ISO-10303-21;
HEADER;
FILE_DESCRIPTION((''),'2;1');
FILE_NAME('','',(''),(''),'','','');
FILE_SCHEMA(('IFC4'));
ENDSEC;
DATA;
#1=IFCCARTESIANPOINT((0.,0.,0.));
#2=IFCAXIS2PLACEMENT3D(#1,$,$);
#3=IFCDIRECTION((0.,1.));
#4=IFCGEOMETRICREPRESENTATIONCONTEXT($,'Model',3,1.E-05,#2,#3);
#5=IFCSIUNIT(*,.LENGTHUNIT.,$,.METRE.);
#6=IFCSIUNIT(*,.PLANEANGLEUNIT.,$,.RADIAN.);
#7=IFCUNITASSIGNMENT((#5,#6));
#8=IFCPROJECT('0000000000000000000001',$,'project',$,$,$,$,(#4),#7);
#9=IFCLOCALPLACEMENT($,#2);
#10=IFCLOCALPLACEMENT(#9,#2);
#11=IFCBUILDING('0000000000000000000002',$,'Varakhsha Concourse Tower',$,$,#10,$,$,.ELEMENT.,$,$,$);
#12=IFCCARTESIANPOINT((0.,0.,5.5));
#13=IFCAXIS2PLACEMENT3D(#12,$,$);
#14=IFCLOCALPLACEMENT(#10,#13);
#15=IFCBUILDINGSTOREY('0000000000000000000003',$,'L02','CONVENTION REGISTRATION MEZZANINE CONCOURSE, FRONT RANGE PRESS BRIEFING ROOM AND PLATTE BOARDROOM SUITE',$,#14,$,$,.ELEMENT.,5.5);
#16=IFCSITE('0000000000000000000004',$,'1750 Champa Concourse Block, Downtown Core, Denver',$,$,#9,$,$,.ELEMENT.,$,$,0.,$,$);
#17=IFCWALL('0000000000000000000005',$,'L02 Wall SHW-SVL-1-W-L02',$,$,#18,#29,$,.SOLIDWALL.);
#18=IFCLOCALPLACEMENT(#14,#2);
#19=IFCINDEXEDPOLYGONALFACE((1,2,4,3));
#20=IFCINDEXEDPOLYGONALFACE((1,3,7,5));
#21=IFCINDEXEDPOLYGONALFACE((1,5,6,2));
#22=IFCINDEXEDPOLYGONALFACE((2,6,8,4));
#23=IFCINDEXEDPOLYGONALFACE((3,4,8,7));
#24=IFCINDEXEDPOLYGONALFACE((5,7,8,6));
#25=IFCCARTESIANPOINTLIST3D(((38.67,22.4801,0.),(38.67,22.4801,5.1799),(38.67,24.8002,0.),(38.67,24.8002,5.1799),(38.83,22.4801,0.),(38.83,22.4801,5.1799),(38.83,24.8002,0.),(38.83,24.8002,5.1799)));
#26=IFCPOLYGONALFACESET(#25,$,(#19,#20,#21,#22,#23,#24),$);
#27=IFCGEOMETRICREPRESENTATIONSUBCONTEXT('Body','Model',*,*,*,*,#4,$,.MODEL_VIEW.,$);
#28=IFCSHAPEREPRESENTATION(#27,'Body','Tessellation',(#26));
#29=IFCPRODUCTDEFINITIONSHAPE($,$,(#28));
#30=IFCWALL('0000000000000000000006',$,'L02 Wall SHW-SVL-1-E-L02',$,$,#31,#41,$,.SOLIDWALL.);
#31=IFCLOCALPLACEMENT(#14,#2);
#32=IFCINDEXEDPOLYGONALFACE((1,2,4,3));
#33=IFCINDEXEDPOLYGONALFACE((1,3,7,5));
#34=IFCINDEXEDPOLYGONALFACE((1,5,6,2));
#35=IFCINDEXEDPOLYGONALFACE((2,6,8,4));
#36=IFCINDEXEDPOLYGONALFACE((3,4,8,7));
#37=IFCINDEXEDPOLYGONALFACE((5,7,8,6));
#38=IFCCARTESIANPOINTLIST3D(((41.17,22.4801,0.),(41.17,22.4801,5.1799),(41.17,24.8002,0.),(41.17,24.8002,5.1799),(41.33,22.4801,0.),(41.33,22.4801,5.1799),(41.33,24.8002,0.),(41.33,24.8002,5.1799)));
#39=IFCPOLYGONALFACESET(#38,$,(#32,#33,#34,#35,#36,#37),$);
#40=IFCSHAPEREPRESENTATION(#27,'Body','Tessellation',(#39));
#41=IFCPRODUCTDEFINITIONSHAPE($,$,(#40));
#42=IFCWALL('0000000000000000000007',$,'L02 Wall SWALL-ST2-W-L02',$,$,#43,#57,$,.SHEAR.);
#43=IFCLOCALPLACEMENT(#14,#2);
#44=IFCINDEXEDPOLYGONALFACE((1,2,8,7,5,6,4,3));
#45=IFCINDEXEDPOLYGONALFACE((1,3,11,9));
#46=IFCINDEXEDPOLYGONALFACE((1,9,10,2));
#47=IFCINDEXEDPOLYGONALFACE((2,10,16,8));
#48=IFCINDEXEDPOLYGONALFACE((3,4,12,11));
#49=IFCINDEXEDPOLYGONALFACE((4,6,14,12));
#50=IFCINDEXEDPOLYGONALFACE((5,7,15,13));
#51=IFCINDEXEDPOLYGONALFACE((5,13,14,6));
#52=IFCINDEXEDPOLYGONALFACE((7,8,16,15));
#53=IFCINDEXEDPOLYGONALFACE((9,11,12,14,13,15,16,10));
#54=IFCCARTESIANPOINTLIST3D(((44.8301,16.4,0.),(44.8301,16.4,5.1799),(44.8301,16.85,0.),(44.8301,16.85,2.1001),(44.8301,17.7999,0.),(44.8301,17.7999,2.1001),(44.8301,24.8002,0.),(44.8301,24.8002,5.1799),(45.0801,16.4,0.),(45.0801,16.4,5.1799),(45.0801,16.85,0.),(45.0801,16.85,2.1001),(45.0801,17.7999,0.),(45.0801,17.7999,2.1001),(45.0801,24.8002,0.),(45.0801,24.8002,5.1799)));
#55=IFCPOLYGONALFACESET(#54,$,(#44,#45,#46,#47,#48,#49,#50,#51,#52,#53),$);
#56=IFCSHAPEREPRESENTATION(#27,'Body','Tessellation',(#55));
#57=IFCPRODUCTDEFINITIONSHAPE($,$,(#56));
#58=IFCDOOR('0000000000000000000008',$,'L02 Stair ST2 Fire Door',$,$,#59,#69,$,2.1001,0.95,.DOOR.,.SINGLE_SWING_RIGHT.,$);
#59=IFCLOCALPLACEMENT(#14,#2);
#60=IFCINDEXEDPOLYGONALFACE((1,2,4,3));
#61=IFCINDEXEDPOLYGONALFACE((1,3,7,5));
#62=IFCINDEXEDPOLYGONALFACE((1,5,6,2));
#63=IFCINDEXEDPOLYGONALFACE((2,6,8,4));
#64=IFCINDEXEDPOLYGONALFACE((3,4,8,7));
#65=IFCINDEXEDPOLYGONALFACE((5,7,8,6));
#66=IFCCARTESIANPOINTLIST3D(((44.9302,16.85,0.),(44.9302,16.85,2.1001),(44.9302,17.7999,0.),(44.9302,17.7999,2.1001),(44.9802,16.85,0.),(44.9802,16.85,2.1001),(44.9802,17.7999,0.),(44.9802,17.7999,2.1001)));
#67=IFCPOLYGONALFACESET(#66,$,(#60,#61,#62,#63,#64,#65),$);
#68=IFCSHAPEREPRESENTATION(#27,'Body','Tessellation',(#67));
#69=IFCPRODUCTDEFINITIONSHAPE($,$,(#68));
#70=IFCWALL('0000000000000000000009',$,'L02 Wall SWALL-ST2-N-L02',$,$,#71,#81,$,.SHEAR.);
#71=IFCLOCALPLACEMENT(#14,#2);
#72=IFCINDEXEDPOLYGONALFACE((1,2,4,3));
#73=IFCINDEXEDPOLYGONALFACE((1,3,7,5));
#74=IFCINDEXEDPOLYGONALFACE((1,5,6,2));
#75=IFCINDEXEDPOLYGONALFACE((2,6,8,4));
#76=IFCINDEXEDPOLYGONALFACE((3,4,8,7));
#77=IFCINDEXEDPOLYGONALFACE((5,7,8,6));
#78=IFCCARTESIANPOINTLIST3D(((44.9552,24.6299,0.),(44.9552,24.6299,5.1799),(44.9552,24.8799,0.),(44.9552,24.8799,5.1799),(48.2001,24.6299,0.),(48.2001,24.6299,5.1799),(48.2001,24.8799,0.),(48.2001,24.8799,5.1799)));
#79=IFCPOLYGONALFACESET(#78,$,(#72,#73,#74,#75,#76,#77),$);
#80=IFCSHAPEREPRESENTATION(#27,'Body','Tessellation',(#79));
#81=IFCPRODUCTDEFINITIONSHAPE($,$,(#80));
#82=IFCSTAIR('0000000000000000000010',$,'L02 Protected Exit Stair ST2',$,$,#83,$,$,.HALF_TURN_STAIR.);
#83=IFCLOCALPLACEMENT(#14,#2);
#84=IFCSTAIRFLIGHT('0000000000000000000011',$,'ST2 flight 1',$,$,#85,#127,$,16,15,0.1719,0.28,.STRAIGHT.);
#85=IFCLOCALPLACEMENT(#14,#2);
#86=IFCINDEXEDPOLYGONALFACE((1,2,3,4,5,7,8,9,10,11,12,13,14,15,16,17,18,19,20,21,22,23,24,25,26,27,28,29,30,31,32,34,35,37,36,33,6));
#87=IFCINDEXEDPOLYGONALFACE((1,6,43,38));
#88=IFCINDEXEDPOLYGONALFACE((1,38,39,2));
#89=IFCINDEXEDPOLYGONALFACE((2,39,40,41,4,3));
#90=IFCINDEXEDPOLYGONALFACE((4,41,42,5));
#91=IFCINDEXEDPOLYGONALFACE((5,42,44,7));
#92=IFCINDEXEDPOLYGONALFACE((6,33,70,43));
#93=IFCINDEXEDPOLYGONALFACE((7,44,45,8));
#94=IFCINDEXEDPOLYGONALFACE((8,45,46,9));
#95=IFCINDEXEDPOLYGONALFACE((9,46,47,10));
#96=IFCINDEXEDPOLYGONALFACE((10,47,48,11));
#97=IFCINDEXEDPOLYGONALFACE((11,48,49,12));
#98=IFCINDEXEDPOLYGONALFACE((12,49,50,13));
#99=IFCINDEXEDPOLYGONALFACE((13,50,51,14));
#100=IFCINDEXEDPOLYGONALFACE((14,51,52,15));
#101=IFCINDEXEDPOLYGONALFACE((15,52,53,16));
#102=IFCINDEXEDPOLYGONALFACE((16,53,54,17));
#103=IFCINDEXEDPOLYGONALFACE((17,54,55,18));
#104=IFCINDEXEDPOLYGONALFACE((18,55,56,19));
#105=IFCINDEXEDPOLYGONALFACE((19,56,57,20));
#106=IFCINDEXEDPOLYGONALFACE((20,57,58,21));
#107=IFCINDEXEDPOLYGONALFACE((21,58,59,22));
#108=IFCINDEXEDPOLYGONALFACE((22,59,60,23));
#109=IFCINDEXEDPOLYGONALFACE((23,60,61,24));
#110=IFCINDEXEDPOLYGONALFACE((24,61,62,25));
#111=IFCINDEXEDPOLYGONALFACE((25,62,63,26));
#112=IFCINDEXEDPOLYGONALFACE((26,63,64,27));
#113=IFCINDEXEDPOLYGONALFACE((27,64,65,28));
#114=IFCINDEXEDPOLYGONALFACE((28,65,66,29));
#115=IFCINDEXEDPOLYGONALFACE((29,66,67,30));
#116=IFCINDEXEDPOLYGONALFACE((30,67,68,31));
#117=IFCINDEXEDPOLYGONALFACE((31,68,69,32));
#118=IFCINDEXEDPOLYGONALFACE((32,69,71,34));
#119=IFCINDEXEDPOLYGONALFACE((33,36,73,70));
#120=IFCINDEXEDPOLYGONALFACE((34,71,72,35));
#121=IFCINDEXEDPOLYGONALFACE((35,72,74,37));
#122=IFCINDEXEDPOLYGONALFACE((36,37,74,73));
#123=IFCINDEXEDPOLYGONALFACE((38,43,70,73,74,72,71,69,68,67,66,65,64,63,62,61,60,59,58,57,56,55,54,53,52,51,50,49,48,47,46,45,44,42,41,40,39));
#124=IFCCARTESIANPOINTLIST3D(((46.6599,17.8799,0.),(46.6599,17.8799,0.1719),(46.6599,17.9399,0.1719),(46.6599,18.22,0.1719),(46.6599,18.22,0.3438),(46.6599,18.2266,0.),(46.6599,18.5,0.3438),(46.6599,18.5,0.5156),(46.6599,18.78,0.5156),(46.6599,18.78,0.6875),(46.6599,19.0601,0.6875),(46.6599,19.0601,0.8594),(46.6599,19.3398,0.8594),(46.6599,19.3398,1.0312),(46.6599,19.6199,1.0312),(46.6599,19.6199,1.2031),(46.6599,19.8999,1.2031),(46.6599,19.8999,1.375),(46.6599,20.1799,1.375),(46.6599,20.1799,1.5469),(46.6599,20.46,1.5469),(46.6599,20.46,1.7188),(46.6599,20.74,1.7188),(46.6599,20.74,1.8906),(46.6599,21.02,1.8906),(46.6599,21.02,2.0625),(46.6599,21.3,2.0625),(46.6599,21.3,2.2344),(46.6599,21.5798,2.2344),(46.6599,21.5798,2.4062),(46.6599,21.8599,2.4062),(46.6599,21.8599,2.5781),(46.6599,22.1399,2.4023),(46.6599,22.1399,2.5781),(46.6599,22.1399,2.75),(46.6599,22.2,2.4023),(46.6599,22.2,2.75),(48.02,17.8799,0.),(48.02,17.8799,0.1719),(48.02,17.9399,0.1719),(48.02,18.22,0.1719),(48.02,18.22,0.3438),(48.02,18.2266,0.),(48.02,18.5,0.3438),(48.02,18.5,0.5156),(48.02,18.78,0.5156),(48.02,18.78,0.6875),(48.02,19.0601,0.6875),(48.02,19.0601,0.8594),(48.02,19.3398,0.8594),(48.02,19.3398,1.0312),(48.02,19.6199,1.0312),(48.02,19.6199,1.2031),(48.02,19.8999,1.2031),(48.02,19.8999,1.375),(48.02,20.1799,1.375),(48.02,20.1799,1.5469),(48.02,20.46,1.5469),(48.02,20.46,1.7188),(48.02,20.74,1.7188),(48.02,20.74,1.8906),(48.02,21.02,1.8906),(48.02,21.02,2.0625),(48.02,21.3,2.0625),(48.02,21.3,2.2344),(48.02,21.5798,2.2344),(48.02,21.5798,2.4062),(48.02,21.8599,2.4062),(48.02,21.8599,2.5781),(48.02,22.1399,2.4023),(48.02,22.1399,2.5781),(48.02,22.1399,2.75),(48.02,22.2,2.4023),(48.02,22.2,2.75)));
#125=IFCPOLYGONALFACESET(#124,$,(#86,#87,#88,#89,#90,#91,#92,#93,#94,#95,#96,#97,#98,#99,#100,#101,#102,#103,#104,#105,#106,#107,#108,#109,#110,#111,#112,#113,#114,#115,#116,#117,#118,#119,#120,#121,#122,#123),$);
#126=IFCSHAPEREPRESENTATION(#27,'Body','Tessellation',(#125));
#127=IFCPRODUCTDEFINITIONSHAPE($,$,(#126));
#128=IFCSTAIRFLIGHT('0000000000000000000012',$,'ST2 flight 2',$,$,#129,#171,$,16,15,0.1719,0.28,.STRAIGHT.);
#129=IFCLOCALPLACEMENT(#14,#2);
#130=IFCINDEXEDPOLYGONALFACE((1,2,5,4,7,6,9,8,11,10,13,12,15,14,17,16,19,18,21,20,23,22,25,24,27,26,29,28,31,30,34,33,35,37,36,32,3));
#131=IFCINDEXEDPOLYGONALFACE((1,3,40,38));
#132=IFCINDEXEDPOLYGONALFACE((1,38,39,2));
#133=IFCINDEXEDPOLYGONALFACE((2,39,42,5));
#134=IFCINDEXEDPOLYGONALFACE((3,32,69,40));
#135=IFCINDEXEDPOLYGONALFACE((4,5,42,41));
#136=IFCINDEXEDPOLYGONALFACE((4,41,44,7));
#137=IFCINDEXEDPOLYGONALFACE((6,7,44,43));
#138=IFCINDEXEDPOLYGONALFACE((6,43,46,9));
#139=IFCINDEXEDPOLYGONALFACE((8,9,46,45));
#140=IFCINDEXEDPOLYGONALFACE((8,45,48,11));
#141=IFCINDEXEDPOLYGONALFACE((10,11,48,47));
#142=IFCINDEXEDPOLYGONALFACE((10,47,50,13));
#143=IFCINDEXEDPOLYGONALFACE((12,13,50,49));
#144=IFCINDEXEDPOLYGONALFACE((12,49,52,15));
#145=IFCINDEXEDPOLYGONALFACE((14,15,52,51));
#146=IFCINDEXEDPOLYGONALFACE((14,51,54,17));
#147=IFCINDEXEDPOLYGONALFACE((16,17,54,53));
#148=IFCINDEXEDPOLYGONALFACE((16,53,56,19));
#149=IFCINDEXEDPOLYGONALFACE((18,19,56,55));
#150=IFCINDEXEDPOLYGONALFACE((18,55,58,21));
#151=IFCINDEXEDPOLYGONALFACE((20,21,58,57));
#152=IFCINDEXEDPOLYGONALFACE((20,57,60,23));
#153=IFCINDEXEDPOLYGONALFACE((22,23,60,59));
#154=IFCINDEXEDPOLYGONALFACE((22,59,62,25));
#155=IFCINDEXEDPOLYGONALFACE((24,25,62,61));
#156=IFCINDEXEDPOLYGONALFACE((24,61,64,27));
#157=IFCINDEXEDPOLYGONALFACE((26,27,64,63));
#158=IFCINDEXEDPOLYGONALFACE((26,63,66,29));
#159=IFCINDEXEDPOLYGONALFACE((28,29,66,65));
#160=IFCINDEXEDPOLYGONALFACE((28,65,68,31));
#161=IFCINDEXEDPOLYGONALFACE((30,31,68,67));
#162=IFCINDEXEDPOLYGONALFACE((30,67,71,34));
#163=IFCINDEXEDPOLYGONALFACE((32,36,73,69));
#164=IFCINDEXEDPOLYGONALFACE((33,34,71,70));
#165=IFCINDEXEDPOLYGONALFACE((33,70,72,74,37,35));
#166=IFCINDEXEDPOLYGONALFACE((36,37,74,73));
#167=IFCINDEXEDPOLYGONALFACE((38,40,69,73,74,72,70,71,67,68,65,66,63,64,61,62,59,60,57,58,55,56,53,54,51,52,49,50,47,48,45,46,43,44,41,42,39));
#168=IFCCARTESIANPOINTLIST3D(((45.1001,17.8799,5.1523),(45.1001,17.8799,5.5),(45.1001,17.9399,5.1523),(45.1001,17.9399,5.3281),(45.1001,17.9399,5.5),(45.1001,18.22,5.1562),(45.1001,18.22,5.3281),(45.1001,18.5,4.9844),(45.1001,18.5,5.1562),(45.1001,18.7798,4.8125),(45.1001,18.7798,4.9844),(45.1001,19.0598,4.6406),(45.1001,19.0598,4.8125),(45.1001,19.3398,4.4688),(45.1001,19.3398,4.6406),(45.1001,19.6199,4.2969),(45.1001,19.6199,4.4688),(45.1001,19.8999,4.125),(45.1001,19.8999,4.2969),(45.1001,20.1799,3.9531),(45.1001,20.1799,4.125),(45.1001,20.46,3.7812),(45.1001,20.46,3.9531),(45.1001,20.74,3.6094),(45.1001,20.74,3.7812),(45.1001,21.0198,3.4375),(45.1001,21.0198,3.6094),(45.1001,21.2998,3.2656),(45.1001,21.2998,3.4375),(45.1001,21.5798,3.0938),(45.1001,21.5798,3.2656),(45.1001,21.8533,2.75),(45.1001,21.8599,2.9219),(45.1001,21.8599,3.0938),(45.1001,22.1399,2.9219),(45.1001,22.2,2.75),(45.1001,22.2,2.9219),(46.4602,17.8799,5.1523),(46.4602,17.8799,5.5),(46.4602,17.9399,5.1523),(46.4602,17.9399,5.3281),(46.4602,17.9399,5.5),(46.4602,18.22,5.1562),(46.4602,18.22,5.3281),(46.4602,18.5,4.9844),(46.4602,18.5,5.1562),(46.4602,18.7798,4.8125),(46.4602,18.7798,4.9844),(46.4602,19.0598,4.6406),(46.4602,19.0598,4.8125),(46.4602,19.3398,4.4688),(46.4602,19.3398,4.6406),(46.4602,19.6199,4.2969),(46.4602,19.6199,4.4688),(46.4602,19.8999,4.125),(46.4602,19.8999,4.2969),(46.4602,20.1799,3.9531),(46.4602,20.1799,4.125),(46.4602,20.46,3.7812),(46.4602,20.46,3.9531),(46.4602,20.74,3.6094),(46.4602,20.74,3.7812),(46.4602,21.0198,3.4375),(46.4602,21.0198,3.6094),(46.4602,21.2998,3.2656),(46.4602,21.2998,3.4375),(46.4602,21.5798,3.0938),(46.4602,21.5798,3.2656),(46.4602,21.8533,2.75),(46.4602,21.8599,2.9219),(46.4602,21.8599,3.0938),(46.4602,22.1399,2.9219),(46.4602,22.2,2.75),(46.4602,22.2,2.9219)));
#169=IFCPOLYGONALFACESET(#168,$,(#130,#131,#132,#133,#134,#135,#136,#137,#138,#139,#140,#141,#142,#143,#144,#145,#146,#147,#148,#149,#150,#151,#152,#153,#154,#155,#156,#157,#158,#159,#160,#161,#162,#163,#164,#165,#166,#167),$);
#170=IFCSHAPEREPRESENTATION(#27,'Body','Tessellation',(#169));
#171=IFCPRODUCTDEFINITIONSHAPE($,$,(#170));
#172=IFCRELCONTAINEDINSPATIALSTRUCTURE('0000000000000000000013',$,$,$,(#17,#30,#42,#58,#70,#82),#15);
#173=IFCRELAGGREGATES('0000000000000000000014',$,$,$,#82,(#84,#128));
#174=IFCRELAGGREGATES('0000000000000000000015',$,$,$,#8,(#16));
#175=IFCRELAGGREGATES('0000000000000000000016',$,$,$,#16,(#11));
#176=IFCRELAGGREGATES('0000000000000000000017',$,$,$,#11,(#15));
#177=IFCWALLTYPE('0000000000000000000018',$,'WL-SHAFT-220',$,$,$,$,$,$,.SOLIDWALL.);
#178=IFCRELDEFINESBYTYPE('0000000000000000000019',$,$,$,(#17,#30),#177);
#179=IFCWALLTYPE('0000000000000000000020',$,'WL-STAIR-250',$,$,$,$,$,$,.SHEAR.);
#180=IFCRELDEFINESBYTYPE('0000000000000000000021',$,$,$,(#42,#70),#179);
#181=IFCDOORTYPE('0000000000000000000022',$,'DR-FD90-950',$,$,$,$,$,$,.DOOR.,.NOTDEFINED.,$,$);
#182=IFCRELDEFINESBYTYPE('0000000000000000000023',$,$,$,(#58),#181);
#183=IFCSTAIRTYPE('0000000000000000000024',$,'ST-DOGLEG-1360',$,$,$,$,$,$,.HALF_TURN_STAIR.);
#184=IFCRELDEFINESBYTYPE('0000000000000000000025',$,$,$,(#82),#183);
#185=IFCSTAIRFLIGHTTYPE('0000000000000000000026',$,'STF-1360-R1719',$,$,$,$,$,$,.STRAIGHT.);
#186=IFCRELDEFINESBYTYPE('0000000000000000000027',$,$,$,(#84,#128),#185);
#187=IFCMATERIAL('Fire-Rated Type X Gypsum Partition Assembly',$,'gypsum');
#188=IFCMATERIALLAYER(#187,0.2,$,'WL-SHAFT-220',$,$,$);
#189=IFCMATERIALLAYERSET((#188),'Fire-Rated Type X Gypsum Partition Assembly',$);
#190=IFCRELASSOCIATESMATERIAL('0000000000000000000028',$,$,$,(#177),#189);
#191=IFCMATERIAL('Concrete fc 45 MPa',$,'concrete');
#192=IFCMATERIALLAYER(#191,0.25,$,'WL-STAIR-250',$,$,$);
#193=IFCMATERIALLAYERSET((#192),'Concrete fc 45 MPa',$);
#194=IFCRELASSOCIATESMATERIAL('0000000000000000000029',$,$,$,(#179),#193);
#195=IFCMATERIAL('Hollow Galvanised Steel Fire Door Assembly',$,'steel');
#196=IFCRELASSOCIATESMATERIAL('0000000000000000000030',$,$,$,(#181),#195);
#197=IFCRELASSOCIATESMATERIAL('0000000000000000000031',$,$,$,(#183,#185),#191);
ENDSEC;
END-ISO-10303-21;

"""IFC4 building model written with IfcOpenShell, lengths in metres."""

from ifc_helpers import new_model, si_unit, direction, frame, frame_2d, origin, place, context, subcontext, project, spatial, polyline, rectangle, outline, extrude, material, layer, layer_set, type_object, element, fill, aggregate, save


model = new_model("IFC4")

# Units and contexts
model_context = context("Model", 3, precision=1e-05, world=origin(), true_north=direction((0.0, 1.0)))
body_context = subcontext(model_context, "Body", "Model", "MODEL_VIEW")
ifc_project = project(units=[si_unit("LENGTHUNIT", "METRE"), si_unit("PLANEANGLEUNIT", "RADIAN")], contexts=[model_context])

# Site, building, storey
site_placement = place(None, origin())
site = spatial("IfcSite", under=ifc_project, at=site_placement, Name="1750 Champa Concourse Block, Downtown Core, Denver", CompositionType="ELEMENT", RefElevation=0.0)
building_placement = place(site_placement, origin())
building = spatial("IfcBuilding", under=site, at=building_placement, Name="Varakhsha Concourse Tower", CompositionType="ELEMENT")
storey_placement = place(building_placement, frame((0.0, 0.0, 5.5)))
storey = spatial("IfcBuildingStorey", under=building, at=storey_placement, Name="L02", Description="CONVENTION REGISTRATION MEZZANINE CONCOURSE, FRONT RANGE PRESS BRIEFING ROOM AND PLATTE BOARDROOM SUITE", CompositionType="ELEMENT", Elevation=5.5)

# Shared definitions
ifc_material_1 = material(Name="Fire-Rated Type X Gypsum Partition Assembly", Category="gypsum")
ifc_material_2 = material(Name="Hollow Galvanised Steel Fire Door Assembly", Category="steel")

# Walls
ifc_layer_1 = layer(ifc_material_1, 0.2, Name="WL-SHAFT-220")
ifc_layer_set_1 = layer_set([ifc_layer_1], Name="Fire-Rated Type X Gypsum Partition Assembly")
wall_type_1 = type_object("IfcWallType", Name="WL-SHAFT-220", PredefinedType="SOLIDWALL", material=ifc_layer_set_1)
for number, where, z_axis, x_axis, name in (
    (1, (38.75, 22.48, 0.0), (0.0, 0.0, 1.0), (0.0, 1.0, 0.0), "L02 Wall SHW-SVL-1-W-L02"),
    (2, (41.25, 22.48, 0.0), (0.0, 0.0, 1.0), (0.0, 1.0, 0.0), "L02 Wall SHW-SVL-1-E-L02"),
):
    element("IfcWall", number, at=place(storey_placement, frame(where, z_axis=z_axis, x_axis=x_axis)), inside=storey, type_object=wall_type_1, Name=name, PredefinedType="SOLIDWALL", context=body_context, shape_type="SweptSolid", body=[
        extrude(rectangle(XDim=2.3201, YDim=0.1599, at=frame_2d((1.1602, 0.0))), origin(), (0.0, 0.0, 1.0), 5.1799),
    ])

# Wall, opening, door
ifc_material_3 = material(Name="Concrete fc 45 MPa", Category="concrete")
ifc_layer_2 = layer(ifc_material_3, 0.25, Name="WL-STAIR-250")
ifc_layer_set_2 = layer_set([ifc_layer_2], Name="Concrete fc 45 MPa")
wall_type_2 = type_object("IfcWallType", Name="WL-STAIR-250", PredefinedType="SHEAR", material=ifc_layer_set_2)
wall_1_placement = place(storey_placement, frame((44.9551, 16.3999, 0.0), z_axis=(0.0, 0.0, 1.0), x_axis=(0.0, 1.0, 0.0)))
wall_1 = element("IfcWall", 3, at=wall_1_placement, inside=storey, type_object=wall_type_2, Name="L02 Wall SWALL-ST2-W-L02", PredefinedType="SHEAR", context=body_context, shape_type="SweptSolid", body=[
    extrude(rectangle(XDim=8.4001, YDim=0.25, at=frame_2d((4.2002, 0.0))), origin(), (0.0, 0.0, 1.0), 5.1799),
])
opening_1_placement = place(wall_1_placement, frame((0.45, 0.0, 0.0)))
opening_1 = element("IfcOpeningElement", 4, at=opening_1_placement, cuts=wall_1, PredefinedType="OPENING", context=body_context, shape_type="SweptSolid", body=[
    extrude(rectangle(XDim=0.95, YDim=2.1001, at=frame_2d((0.4751, 1.05))), frame((0.0, 0.135, 0.0), z_axis=(0.0, -1.0, 0.0), x_axis=(1.0, 0.0, 0.0)), (0.0, 0.0, 1.0), 0.27),
])
door_type_1 = type_object("IfcDoorType", Name="DR-FD90-950", OperationType="NOTDEFINED", PredefinedType="DOOR", material=ifc_material_2)
door_1_placement = place(opening_1_placement, origin())
door_1 = element("IfcDoor", 5, at=door_1_placement, inside=storey, type_object=door_type_1, Name="L02 Stair ST2 Fire Door", OperationType="SINGLE_SWING_RIGHT", OverallHeight=2.1001, OverallWidth=0.95, PredefinedType="DOOR", context=body_context, shape_type="SweptSolid", body=[
    extrude(rectangle(XDim=0.95, YDim=2.1001, at=frame_2d((0.4751, 1.05))), frame((0.0, 0.0249, 0.0), z_axis=(0.0, -1.0, 0.0), x_axis=(1.0, 0.0, 0.0)), (0.0, 0.0, 1.0), 0.05),
])
fill(opening_1, door_1)

# Wall
wall_2_placement = place(storey_placement, frame((44.9551, 24.7549, 0.0), z_axis=(0.0, 0.0, 1.0), x_axis=(1.0, 0.0, 0.0)))
element("IfcWall", 6, at=wall_2_placement, inside=storey, type_object=wall_type_2, Name="L02 Wall SWALL-ST2-N-L02", PredefinedType="SHEAR", context=body_context, shape_type="SweptSolid", body=[
    extrude(rectangle(XDim=3.2449, YDim=0.25, at=frame_2d((1.6226, 0.0))), origin(), (0.0, 0.0, 1.0), 5.1799),
])

# Stair, stair flights
stair_type = type_object("IfcStairType", Name="ST-DOGLEG-1360", PredefinedType="HALF_TURN_STAIR", material=ifc_material_3)
stair_placement = place(storey_placement, origin())
stair = element("IfcStair", 7, at=stair_placement, inside=storey, type_object=stair_type, Name="L02 Protected Exit Stair ST2", PredefinedType="HALF_TURN_STAIR")
stair_flight_type = type_object("IfcStairFlightType", Name="STF-1360-R1719", PredefinedType="STRAIGHT", material=ifc_material_3)
stair_flight_1_placement = place(storey_placement, frame((47.3401, 17.9399, 0.0), z_axis=(0.0, 0.0, 1.0), x_axis=(0.0, 1.0, 0.0)))
stair_flight_1 = element("IfcStairFlight", 8, at=stair_flight_1_placement, type_object=stair_flight_type, Name="ST2 flight 1", NumberOfRisers=16, NumberOfTreads=15, PredefinedType="STRAIGHT", RiserHeight=0.1719, TreadLength=0.28, context=body_context, shape_type="SweptSolid", body=[
    extrude(outline(polyline([(-0.0601, 0.0), (-0.0601, 0.1719), (0.0, 0.1719), (0.28, 0.1719), (0.28, 0.3438), (0.5601, 0.3438), (0.5601, 0.5156), (0.8401, 0.5156), (0.8401, 0.6875), (1.1201, 0.6875), (1.1201, 0.8594), (1.3999, 0.8594), (1.3999, 1.0312), (1.6799, 1.0312), (1.6799, 1.2031), (1.96, 1.2031), (1.96, 1.375), (2.24, 1.375), (2.24, 1.5469), (2.52, 1.5469), (2.52, 1.7188), (2.8, 1.7188), (2.8, 1.8906), (3.0801, 1.8906), (3.0801, 2.0625), (3.3601, 2.0625), (3.3601, 2.2344), (3.6399, 2.2344), (3.6399, 2.4062), (3.9199, 2.4062), (3.9199, 2.5781), (4.2, 2.5781), (4.2, 2.75), (4.26, 2.75), (4.26, 2.4023), (4.2, 2.4023), (0.2866, 0.0), (-0.0601, 0.0)])), frame((0.0, 0.6802, 0.0), z_axis=(0.0, -1.0, 0.0), x_axis=(1.0, 0.0, 0.0)), (0.0, 0.0, 1.0), 1.3601),
])
stair_flight_2_placement = place(storey_placement, frame((45.78, 22.1399, 2.75), z_axis=(0.0, 0.0, 1.0), x_axis=(0.0, -1.0, 0.0)))
stair_flight_2 = element("IfcStairFlight", 9, at=stair_flight_2_placement, type_object=stair_flight_type, Name="ST2 flight 2", NumberOfRisers=16, NumberOfTreads=15, PredefinedType="STRAIGHT", RiserHeight=0.1719, TreadLength=0.28, context=body_context, shape_type="SweptSolid", body=[
    extrude(outline(polyline([(-0.0601, 0.0), (-0.0601, 0.1719), (0.0, 0.1719), (0.28, 0.1719), (0.28, 0.3438), (0.5601, 0.3438), (0.5601, 0.5156), (0.8401, 0.5156), (0.8401, 0.6875), (1.1201, 0.6875), (1.1201, 0.8594), (1.3999, 0.8594), (1.3999, 1.0312), (1.6799, 1.0312), (1.6799, 1.2031), (1.96, 1.2031), (1.96, 1.375), (2.24, 1.375), (2.24, 1.5469), (2.52, 1.5469), (2.52, 1.7188), (2.8, 1.7188), (2.8, 1.8906), (3.0801, 1.8906), (3.0801, 2.0625), (3.3601, 2.0625), (3.3601, 2.2344), (3.6399, 2.2344), (3.6399, 2.4062), (3.9199, 2.4062), (3.9199, 2.5781), (4.2, 2.5781), (4.2, 2.75), (4.26, 2.75), (4.26, 2.4023), (4.2, 2.4023), (0.2866, 0.0), (-0.0601, 0.0)])), frame((0.0, 0.6802, 0.0), z_axis=(0.0, -1.0, 0.0), x_axis=(1.0, 0.0, 0.0)), (0.0, 0.0, 1.0), 1.3601),
])
aggregate(stair, [stair_flight_1, stair_flight_2])

save(model, "model.ifc")
